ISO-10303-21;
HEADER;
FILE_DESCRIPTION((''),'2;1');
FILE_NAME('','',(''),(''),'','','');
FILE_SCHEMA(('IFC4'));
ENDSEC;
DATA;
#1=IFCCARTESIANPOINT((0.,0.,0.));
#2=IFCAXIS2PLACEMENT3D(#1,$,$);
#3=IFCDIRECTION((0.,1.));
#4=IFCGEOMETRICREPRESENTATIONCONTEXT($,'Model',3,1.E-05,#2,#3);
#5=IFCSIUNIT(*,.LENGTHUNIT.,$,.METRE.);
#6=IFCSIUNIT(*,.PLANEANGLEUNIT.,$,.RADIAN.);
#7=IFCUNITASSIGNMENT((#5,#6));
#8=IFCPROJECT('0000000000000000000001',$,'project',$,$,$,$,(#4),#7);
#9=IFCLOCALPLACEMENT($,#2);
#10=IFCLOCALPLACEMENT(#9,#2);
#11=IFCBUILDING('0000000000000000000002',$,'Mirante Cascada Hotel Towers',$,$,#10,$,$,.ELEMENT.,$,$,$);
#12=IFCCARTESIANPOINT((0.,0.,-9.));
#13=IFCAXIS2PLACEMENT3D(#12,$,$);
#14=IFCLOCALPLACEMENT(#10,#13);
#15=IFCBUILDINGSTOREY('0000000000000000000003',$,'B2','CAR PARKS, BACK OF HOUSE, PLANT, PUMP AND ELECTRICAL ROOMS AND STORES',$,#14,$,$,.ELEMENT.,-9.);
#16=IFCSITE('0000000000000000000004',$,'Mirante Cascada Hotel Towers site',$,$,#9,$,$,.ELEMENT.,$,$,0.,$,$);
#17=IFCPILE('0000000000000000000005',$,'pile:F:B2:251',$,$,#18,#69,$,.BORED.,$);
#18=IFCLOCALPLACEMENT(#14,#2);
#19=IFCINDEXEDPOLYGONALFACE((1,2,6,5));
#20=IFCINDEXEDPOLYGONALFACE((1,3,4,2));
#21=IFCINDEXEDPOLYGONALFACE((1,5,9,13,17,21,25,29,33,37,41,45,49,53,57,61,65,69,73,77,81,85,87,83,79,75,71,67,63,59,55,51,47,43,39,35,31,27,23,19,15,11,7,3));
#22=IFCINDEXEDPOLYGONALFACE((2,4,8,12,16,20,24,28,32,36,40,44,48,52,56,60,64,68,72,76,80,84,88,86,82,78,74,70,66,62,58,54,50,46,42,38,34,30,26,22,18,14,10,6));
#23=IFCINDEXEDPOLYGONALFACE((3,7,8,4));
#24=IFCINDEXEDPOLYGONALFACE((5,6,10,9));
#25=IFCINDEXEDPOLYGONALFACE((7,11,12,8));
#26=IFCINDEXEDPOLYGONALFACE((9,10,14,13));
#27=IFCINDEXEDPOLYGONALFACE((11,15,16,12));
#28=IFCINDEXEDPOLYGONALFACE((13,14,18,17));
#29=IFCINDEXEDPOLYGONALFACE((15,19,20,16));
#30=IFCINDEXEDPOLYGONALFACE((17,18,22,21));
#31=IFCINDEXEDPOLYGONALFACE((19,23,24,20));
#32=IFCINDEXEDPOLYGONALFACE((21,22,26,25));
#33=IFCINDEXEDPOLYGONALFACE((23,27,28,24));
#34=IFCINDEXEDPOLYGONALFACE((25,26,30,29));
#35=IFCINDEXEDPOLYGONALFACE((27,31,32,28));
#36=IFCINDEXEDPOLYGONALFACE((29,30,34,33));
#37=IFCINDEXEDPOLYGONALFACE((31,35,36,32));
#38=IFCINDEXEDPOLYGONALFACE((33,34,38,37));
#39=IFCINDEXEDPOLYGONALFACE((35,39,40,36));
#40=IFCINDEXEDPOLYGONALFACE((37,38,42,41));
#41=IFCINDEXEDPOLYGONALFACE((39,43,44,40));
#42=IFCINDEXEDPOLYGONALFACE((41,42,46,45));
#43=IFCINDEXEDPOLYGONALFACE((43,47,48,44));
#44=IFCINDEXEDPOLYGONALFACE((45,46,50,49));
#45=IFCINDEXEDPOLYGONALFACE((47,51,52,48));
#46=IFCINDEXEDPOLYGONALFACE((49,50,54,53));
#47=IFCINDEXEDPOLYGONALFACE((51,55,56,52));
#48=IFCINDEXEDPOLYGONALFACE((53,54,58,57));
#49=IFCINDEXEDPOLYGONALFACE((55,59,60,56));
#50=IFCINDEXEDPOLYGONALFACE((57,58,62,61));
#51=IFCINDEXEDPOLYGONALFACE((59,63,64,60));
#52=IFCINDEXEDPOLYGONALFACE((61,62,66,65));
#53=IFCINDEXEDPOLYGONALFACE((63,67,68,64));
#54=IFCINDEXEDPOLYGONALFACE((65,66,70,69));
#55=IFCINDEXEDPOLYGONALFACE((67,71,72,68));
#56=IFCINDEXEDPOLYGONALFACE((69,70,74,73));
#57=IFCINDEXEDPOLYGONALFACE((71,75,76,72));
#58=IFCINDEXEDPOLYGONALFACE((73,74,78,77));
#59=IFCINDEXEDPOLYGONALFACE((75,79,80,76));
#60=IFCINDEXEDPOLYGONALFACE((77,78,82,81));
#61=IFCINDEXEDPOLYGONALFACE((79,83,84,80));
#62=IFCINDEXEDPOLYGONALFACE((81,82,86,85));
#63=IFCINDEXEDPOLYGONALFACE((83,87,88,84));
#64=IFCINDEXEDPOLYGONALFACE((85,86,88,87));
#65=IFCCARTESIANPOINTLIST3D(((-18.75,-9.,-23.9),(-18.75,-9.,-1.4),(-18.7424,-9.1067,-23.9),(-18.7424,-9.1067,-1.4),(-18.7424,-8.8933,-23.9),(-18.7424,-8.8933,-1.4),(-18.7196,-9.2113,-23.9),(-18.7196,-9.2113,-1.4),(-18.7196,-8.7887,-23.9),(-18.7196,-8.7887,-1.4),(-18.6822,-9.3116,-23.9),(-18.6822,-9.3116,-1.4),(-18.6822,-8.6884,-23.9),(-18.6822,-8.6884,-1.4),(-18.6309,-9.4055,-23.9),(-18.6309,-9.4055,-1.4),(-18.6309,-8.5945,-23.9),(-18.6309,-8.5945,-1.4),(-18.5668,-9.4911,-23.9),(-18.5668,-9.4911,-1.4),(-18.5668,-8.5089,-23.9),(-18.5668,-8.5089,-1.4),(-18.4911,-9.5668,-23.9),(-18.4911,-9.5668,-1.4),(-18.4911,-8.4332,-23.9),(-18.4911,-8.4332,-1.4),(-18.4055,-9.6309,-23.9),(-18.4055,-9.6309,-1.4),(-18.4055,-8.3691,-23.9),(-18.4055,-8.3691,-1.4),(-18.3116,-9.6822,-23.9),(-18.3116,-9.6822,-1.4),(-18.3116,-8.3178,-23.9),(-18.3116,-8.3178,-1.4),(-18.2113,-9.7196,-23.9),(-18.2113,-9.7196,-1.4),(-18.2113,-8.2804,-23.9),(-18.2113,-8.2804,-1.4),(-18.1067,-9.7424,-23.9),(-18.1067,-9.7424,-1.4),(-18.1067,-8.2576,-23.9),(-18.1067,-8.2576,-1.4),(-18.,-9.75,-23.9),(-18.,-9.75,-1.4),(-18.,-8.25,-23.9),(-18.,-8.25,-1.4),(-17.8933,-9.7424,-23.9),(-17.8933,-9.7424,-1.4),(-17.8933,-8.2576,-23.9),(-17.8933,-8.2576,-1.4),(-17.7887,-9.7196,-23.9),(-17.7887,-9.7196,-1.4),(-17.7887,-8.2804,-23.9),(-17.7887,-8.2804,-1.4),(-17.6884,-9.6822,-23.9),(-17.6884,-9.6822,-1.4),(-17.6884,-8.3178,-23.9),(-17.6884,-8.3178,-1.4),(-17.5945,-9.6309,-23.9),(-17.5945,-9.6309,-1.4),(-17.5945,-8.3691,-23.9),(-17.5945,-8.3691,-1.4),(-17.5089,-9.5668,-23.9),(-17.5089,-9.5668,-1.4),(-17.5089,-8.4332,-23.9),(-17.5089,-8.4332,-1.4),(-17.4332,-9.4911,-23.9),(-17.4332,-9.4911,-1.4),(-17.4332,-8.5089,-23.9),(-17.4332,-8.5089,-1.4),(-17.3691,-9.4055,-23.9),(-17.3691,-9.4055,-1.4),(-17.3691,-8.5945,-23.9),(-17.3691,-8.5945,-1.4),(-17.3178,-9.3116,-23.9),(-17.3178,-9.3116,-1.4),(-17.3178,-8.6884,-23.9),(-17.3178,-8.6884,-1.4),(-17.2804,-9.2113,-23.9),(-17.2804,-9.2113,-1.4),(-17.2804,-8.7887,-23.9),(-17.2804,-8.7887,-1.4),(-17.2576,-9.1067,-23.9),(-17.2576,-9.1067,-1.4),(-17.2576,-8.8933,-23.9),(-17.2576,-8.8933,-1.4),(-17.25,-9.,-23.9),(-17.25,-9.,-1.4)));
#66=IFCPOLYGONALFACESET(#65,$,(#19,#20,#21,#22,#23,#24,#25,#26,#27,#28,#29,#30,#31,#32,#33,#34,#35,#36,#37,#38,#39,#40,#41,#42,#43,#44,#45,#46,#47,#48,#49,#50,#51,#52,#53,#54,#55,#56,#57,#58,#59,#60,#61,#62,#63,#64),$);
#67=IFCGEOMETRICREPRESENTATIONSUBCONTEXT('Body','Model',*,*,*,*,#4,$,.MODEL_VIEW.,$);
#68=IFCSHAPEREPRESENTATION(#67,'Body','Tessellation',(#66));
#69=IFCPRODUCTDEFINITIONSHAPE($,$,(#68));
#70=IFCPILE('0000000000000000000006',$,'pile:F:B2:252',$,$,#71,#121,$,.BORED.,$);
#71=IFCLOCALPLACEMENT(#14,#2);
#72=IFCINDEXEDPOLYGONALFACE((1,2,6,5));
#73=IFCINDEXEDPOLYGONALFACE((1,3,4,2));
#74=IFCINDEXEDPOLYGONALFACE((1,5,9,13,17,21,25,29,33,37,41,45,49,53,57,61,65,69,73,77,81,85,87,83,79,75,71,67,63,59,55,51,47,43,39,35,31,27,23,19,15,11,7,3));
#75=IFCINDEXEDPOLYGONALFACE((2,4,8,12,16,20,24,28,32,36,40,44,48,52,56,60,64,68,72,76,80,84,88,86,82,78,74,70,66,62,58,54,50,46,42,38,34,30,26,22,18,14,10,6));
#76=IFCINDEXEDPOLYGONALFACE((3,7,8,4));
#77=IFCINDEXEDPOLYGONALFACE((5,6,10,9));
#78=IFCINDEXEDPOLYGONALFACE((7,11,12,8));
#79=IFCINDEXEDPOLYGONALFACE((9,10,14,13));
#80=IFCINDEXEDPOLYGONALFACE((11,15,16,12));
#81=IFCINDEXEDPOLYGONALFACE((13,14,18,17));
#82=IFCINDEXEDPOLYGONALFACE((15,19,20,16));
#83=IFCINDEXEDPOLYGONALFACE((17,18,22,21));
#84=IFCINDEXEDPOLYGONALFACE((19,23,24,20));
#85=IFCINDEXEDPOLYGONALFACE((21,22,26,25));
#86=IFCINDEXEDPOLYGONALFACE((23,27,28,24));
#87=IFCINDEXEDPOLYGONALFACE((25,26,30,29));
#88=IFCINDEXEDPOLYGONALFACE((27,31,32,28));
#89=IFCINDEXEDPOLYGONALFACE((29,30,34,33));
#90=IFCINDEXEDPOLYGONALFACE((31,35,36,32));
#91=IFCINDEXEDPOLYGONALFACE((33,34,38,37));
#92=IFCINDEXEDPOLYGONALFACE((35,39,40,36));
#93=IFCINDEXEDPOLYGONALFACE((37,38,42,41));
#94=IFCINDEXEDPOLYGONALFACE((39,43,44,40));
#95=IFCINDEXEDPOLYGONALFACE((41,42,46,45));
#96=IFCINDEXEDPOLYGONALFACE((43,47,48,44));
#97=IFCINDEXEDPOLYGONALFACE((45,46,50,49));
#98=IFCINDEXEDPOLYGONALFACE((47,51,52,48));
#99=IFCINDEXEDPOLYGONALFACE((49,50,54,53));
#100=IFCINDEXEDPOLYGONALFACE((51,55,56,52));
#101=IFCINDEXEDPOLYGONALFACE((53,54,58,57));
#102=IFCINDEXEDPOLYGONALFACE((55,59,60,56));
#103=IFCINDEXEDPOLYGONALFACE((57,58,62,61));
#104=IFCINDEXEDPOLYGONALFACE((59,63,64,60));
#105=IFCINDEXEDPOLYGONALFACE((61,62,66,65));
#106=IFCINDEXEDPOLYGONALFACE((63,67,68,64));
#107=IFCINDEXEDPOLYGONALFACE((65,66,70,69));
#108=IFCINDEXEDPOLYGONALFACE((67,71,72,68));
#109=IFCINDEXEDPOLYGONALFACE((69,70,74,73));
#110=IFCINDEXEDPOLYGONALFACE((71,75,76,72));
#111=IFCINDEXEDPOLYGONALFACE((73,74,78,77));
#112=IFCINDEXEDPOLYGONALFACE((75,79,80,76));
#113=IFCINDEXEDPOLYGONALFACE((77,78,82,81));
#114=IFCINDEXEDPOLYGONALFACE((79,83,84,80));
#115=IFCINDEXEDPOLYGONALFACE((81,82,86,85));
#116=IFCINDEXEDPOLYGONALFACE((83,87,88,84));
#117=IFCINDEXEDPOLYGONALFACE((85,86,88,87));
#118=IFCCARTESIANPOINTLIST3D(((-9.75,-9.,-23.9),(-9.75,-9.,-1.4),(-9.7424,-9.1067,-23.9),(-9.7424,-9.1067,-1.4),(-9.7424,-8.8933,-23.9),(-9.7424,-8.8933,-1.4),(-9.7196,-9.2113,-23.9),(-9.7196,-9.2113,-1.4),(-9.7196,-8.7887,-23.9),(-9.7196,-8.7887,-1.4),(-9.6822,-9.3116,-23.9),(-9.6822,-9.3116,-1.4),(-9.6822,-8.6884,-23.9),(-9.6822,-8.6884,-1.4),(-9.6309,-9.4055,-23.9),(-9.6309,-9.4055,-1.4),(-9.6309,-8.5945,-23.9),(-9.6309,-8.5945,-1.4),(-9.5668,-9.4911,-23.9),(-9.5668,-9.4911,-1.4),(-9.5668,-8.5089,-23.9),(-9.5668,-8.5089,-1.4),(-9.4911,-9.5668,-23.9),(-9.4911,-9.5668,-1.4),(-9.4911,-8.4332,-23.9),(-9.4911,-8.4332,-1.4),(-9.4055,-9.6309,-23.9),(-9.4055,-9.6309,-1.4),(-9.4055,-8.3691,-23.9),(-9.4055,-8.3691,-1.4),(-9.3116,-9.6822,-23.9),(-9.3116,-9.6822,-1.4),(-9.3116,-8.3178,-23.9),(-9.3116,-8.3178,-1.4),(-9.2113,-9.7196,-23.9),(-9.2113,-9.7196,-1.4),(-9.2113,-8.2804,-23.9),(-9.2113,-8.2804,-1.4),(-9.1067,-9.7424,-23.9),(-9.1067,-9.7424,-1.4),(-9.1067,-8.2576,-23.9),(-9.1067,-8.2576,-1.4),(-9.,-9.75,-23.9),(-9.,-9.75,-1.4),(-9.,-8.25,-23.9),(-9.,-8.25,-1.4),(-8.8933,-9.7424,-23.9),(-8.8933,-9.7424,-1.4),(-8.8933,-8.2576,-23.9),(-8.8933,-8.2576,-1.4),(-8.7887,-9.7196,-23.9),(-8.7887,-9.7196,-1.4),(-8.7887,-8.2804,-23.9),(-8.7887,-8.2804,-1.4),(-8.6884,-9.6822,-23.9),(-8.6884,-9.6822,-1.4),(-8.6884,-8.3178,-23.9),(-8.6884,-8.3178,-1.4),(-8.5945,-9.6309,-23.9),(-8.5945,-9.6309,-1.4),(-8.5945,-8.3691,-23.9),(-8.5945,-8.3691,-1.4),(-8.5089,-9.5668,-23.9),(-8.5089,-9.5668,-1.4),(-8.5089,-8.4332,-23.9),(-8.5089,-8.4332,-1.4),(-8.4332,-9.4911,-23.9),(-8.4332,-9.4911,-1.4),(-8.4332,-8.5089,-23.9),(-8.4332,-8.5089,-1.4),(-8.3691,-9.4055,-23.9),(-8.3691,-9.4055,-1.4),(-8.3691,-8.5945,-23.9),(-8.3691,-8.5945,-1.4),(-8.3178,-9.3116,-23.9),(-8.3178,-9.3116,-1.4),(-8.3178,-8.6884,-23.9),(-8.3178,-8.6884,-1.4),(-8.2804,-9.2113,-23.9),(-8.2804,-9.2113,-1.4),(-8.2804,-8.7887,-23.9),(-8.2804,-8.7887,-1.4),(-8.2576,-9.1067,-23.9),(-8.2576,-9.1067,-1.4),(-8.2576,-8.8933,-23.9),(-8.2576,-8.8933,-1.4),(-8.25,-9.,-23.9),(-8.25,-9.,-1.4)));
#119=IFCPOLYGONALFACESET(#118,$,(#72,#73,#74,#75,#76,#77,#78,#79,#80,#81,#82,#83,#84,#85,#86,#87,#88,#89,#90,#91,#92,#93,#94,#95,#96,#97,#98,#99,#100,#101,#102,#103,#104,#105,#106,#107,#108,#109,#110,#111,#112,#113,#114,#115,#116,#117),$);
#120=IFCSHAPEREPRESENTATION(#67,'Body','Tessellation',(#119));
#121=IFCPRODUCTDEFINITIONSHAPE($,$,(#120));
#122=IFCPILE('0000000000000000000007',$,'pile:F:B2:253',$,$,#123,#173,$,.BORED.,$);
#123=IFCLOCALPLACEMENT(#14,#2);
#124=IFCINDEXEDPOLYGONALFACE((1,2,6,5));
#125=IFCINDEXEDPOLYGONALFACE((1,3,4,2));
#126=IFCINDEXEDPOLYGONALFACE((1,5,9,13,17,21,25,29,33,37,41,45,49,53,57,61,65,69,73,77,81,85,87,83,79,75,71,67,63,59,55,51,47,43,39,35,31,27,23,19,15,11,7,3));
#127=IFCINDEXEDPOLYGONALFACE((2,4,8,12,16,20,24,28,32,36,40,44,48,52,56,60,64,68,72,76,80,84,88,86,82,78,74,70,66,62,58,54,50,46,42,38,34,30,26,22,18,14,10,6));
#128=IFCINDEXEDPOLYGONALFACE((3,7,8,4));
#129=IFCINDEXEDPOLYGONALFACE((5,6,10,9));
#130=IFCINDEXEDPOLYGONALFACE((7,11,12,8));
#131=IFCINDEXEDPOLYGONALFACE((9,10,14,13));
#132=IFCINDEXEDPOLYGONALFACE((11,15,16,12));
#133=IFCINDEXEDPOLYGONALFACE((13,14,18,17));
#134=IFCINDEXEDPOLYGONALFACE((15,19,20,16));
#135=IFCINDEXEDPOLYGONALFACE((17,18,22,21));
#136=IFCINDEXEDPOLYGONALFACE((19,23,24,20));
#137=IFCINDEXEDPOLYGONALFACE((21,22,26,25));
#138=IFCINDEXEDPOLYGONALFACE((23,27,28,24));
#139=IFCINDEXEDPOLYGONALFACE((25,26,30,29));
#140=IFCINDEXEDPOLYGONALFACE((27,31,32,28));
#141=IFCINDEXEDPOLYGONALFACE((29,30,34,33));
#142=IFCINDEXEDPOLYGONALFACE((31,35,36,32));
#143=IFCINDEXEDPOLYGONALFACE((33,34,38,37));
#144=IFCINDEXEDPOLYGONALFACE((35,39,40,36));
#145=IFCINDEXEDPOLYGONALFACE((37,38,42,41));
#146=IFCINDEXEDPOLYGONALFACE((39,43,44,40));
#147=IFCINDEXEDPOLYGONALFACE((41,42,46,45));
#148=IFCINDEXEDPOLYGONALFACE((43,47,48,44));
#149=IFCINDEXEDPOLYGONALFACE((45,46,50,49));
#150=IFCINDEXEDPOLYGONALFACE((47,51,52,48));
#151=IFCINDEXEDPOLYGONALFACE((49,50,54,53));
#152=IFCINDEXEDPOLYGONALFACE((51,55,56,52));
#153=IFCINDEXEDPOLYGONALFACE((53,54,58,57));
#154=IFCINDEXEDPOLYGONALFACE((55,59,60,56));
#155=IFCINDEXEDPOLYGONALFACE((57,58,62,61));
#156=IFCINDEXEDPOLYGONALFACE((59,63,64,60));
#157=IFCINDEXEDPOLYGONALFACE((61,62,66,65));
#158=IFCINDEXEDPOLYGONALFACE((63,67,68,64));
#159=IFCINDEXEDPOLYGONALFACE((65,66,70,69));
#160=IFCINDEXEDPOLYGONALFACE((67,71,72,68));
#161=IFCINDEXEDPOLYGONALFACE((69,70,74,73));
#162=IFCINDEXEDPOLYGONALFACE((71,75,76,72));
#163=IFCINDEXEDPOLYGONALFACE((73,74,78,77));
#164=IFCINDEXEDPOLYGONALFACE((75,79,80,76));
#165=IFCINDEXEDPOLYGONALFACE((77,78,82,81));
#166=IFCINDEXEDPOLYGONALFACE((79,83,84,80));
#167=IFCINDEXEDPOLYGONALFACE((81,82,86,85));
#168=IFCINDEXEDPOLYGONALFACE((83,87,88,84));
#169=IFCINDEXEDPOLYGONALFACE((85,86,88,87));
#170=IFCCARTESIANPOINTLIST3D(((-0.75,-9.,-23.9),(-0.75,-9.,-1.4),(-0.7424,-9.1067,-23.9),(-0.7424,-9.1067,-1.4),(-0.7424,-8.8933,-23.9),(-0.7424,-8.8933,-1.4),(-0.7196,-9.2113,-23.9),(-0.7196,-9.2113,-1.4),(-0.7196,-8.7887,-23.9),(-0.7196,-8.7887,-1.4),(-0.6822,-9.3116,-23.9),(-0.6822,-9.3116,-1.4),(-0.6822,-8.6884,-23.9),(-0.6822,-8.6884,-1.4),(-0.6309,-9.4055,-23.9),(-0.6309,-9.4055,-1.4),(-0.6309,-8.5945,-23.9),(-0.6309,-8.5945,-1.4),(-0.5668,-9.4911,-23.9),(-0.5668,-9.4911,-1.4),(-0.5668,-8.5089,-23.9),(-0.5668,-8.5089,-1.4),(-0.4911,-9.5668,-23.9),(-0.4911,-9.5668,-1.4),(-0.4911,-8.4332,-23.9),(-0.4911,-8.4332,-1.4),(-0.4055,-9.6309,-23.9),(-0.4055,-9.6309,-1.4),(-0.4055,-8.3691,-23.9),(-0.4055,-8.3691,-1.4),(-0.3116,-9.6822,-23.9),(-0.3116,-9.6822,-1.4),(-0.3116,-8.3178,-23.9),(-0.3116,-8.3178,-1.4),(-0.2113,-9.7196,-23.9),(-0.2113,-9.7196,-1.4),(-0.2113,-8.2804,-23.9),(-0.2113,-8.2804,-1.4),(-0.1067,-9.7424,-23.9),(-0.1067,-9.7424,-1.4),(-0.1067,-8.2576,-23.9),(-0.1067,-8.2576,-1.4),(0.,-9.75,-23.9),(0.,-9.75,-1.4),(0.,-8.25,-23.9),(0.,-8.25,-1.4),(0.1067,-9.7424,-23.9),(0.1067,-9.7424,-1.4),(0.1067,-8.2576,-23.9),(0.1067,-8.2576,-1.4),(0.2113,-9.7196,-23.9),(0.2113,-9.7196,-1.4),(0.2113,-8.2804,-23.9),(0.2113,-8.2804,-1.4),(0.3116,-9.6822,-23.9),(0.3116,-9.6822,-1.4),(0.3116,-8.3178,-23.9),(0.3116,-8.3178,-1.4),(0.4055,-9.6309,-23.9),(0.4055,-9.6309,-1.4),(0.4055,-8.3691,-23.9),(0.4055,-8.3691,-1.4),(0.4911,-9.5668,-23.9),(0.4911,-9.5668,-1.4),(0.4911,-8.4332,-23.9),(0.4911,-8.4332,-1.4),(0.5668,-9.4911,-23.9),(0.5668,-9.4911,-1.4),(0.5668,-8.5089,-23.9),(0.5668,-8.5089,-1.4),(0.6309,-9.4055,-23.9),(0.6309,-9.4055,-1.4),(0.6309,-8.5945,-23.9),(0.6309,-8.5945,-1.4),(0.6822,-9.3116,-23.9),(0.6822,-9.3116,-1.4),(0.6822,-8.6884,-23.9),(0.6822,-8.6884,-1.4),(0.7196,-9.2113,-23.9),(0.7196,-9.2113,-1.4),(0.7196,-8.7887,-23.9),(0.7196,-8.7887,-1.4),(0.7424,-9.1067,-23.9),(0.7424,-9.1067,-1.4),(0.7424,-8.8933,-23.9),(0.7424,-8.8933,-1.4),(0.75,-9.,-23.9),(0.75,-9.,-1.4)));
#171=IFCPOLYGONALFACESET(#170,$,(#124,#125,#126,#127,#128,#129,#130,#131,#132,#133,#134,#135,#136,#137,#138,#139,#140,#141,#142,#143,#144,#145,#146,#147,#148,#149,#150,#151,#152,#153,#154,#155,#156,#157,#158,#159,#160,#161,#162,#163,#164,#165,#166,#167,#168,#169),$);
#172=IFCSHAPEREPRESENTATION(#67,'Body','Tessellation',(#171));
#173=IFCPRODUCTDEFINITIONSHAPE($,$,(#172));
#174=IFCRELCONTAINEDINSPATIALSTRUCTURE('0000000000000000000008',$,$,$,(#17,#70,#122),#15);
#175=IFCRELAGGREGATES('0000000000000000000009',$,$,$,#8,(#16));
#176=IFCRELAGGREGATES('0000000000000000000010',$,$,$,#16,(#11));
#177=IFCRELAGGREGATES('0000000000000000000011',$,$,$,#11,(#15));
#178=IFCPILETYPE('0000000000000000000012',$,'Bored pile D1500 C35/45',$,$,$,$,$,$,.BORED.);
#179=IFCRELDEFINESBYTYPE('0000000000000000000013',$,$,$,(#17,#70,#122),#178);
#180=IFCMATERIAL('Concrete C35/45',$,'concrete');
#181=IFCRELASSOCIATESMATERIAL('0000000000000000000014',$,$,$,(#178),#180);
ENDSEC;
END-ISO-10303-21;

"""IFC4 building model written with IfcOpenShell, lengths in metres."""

from ifc_helpers import new_model, si_unit, direction, frame, origin, origin_2d, place, context, subcontext, project, spatial, circle, extrude, material, material_profile, profile_set, type_object, element, save


model = new_model("IFC4")

# Units and contexts
model_context = context("Model", 3, precision=1e-05, world=origin(), true_north=direction((0.0, 1.0)))
body_context = subcontext(model_context, "Body", "Model", "MODEL_VIEW")
ifc_project = project(units=[si_unit("LENGTHUNIT", "METRE"), si_unit("PLANEANGLEUNIT", "RADIAN")], contexts=[model_context])

# Site, building, storey
site_placement = place(None, origin())
site = spatial("IfcSite", under=ifc_project, at=site_placement, Name="Mirante Cascada Hotel Towers site", CompositionType="ELEMENT", RefElevation=0.0)
building_placement = place(site_placement, origin())
building = spatial("IfcBuilding", under=site, at=building_placement, Name="Mirante Cascada Hotel Towers", CompositionType="ELEMENT")
storey_placement = place(building_placement, frame((0.0, 0.0, -9.0)))
storey = spatial("IfcBuildingStorey", under=building, at=storey_placement, Name="B2", Description="CAR PARKS, BACK OF HOUSE, PLANT, PUMP AND ELECTRICAL ROOMS AND STORES", CompositionType="ELEMENT", Elevation=-9.0)

# Piles
ifc_material_1 = material(Name="Concrete C35/45", Category="concrete")
ifc_material_profile_1 = material_profile(ifc_material_1, circle(Radius=0.75, at=origin_2d()), Name="RC D1500")
ifc_profile_set_1 = profile_set([ifc_material_profile_1], Name="Concrete C35/45")
pile_type = type_object("IfcPileType", Name="Bored pile D1500 C35/45", PredefinedType="BORED", material=ifc_profile_set_1)
for number, where, z_axis, x_axis, name in (
    (1, (-18.0, -9.0, -1.4), (0.0, 0.0, -1.0), (1.0, 0.0, 0.0), "pile:F:B2:251"),
    (2, (-9.0, -9.0, -1.4), (0.0, 0.0, -1.0), (1.0, 0.0, 0.0), "pile:F:B2:252"),
    (3, (0.0, -9.0, -1.4), (0.0, 0.0, -1.0), (1.0, 0.0, 0.0), "pile:F:B2:253"),
):
    element("IfcPile", number, at=place(storey_placement, frame(where, z_axis=z_axis, x_axis=x_axis)), inside=storey, type_object=pile_type, Name=name, PredefinedType="BORED", context=body_context, shape_type="SweptSolid", body=[
        extrude(circle(Radius=0.75, at=origin_2d()), origin(), (0.0, 0.0, 1.0), 22.5),
    ])

save(model, "model.ifc")
